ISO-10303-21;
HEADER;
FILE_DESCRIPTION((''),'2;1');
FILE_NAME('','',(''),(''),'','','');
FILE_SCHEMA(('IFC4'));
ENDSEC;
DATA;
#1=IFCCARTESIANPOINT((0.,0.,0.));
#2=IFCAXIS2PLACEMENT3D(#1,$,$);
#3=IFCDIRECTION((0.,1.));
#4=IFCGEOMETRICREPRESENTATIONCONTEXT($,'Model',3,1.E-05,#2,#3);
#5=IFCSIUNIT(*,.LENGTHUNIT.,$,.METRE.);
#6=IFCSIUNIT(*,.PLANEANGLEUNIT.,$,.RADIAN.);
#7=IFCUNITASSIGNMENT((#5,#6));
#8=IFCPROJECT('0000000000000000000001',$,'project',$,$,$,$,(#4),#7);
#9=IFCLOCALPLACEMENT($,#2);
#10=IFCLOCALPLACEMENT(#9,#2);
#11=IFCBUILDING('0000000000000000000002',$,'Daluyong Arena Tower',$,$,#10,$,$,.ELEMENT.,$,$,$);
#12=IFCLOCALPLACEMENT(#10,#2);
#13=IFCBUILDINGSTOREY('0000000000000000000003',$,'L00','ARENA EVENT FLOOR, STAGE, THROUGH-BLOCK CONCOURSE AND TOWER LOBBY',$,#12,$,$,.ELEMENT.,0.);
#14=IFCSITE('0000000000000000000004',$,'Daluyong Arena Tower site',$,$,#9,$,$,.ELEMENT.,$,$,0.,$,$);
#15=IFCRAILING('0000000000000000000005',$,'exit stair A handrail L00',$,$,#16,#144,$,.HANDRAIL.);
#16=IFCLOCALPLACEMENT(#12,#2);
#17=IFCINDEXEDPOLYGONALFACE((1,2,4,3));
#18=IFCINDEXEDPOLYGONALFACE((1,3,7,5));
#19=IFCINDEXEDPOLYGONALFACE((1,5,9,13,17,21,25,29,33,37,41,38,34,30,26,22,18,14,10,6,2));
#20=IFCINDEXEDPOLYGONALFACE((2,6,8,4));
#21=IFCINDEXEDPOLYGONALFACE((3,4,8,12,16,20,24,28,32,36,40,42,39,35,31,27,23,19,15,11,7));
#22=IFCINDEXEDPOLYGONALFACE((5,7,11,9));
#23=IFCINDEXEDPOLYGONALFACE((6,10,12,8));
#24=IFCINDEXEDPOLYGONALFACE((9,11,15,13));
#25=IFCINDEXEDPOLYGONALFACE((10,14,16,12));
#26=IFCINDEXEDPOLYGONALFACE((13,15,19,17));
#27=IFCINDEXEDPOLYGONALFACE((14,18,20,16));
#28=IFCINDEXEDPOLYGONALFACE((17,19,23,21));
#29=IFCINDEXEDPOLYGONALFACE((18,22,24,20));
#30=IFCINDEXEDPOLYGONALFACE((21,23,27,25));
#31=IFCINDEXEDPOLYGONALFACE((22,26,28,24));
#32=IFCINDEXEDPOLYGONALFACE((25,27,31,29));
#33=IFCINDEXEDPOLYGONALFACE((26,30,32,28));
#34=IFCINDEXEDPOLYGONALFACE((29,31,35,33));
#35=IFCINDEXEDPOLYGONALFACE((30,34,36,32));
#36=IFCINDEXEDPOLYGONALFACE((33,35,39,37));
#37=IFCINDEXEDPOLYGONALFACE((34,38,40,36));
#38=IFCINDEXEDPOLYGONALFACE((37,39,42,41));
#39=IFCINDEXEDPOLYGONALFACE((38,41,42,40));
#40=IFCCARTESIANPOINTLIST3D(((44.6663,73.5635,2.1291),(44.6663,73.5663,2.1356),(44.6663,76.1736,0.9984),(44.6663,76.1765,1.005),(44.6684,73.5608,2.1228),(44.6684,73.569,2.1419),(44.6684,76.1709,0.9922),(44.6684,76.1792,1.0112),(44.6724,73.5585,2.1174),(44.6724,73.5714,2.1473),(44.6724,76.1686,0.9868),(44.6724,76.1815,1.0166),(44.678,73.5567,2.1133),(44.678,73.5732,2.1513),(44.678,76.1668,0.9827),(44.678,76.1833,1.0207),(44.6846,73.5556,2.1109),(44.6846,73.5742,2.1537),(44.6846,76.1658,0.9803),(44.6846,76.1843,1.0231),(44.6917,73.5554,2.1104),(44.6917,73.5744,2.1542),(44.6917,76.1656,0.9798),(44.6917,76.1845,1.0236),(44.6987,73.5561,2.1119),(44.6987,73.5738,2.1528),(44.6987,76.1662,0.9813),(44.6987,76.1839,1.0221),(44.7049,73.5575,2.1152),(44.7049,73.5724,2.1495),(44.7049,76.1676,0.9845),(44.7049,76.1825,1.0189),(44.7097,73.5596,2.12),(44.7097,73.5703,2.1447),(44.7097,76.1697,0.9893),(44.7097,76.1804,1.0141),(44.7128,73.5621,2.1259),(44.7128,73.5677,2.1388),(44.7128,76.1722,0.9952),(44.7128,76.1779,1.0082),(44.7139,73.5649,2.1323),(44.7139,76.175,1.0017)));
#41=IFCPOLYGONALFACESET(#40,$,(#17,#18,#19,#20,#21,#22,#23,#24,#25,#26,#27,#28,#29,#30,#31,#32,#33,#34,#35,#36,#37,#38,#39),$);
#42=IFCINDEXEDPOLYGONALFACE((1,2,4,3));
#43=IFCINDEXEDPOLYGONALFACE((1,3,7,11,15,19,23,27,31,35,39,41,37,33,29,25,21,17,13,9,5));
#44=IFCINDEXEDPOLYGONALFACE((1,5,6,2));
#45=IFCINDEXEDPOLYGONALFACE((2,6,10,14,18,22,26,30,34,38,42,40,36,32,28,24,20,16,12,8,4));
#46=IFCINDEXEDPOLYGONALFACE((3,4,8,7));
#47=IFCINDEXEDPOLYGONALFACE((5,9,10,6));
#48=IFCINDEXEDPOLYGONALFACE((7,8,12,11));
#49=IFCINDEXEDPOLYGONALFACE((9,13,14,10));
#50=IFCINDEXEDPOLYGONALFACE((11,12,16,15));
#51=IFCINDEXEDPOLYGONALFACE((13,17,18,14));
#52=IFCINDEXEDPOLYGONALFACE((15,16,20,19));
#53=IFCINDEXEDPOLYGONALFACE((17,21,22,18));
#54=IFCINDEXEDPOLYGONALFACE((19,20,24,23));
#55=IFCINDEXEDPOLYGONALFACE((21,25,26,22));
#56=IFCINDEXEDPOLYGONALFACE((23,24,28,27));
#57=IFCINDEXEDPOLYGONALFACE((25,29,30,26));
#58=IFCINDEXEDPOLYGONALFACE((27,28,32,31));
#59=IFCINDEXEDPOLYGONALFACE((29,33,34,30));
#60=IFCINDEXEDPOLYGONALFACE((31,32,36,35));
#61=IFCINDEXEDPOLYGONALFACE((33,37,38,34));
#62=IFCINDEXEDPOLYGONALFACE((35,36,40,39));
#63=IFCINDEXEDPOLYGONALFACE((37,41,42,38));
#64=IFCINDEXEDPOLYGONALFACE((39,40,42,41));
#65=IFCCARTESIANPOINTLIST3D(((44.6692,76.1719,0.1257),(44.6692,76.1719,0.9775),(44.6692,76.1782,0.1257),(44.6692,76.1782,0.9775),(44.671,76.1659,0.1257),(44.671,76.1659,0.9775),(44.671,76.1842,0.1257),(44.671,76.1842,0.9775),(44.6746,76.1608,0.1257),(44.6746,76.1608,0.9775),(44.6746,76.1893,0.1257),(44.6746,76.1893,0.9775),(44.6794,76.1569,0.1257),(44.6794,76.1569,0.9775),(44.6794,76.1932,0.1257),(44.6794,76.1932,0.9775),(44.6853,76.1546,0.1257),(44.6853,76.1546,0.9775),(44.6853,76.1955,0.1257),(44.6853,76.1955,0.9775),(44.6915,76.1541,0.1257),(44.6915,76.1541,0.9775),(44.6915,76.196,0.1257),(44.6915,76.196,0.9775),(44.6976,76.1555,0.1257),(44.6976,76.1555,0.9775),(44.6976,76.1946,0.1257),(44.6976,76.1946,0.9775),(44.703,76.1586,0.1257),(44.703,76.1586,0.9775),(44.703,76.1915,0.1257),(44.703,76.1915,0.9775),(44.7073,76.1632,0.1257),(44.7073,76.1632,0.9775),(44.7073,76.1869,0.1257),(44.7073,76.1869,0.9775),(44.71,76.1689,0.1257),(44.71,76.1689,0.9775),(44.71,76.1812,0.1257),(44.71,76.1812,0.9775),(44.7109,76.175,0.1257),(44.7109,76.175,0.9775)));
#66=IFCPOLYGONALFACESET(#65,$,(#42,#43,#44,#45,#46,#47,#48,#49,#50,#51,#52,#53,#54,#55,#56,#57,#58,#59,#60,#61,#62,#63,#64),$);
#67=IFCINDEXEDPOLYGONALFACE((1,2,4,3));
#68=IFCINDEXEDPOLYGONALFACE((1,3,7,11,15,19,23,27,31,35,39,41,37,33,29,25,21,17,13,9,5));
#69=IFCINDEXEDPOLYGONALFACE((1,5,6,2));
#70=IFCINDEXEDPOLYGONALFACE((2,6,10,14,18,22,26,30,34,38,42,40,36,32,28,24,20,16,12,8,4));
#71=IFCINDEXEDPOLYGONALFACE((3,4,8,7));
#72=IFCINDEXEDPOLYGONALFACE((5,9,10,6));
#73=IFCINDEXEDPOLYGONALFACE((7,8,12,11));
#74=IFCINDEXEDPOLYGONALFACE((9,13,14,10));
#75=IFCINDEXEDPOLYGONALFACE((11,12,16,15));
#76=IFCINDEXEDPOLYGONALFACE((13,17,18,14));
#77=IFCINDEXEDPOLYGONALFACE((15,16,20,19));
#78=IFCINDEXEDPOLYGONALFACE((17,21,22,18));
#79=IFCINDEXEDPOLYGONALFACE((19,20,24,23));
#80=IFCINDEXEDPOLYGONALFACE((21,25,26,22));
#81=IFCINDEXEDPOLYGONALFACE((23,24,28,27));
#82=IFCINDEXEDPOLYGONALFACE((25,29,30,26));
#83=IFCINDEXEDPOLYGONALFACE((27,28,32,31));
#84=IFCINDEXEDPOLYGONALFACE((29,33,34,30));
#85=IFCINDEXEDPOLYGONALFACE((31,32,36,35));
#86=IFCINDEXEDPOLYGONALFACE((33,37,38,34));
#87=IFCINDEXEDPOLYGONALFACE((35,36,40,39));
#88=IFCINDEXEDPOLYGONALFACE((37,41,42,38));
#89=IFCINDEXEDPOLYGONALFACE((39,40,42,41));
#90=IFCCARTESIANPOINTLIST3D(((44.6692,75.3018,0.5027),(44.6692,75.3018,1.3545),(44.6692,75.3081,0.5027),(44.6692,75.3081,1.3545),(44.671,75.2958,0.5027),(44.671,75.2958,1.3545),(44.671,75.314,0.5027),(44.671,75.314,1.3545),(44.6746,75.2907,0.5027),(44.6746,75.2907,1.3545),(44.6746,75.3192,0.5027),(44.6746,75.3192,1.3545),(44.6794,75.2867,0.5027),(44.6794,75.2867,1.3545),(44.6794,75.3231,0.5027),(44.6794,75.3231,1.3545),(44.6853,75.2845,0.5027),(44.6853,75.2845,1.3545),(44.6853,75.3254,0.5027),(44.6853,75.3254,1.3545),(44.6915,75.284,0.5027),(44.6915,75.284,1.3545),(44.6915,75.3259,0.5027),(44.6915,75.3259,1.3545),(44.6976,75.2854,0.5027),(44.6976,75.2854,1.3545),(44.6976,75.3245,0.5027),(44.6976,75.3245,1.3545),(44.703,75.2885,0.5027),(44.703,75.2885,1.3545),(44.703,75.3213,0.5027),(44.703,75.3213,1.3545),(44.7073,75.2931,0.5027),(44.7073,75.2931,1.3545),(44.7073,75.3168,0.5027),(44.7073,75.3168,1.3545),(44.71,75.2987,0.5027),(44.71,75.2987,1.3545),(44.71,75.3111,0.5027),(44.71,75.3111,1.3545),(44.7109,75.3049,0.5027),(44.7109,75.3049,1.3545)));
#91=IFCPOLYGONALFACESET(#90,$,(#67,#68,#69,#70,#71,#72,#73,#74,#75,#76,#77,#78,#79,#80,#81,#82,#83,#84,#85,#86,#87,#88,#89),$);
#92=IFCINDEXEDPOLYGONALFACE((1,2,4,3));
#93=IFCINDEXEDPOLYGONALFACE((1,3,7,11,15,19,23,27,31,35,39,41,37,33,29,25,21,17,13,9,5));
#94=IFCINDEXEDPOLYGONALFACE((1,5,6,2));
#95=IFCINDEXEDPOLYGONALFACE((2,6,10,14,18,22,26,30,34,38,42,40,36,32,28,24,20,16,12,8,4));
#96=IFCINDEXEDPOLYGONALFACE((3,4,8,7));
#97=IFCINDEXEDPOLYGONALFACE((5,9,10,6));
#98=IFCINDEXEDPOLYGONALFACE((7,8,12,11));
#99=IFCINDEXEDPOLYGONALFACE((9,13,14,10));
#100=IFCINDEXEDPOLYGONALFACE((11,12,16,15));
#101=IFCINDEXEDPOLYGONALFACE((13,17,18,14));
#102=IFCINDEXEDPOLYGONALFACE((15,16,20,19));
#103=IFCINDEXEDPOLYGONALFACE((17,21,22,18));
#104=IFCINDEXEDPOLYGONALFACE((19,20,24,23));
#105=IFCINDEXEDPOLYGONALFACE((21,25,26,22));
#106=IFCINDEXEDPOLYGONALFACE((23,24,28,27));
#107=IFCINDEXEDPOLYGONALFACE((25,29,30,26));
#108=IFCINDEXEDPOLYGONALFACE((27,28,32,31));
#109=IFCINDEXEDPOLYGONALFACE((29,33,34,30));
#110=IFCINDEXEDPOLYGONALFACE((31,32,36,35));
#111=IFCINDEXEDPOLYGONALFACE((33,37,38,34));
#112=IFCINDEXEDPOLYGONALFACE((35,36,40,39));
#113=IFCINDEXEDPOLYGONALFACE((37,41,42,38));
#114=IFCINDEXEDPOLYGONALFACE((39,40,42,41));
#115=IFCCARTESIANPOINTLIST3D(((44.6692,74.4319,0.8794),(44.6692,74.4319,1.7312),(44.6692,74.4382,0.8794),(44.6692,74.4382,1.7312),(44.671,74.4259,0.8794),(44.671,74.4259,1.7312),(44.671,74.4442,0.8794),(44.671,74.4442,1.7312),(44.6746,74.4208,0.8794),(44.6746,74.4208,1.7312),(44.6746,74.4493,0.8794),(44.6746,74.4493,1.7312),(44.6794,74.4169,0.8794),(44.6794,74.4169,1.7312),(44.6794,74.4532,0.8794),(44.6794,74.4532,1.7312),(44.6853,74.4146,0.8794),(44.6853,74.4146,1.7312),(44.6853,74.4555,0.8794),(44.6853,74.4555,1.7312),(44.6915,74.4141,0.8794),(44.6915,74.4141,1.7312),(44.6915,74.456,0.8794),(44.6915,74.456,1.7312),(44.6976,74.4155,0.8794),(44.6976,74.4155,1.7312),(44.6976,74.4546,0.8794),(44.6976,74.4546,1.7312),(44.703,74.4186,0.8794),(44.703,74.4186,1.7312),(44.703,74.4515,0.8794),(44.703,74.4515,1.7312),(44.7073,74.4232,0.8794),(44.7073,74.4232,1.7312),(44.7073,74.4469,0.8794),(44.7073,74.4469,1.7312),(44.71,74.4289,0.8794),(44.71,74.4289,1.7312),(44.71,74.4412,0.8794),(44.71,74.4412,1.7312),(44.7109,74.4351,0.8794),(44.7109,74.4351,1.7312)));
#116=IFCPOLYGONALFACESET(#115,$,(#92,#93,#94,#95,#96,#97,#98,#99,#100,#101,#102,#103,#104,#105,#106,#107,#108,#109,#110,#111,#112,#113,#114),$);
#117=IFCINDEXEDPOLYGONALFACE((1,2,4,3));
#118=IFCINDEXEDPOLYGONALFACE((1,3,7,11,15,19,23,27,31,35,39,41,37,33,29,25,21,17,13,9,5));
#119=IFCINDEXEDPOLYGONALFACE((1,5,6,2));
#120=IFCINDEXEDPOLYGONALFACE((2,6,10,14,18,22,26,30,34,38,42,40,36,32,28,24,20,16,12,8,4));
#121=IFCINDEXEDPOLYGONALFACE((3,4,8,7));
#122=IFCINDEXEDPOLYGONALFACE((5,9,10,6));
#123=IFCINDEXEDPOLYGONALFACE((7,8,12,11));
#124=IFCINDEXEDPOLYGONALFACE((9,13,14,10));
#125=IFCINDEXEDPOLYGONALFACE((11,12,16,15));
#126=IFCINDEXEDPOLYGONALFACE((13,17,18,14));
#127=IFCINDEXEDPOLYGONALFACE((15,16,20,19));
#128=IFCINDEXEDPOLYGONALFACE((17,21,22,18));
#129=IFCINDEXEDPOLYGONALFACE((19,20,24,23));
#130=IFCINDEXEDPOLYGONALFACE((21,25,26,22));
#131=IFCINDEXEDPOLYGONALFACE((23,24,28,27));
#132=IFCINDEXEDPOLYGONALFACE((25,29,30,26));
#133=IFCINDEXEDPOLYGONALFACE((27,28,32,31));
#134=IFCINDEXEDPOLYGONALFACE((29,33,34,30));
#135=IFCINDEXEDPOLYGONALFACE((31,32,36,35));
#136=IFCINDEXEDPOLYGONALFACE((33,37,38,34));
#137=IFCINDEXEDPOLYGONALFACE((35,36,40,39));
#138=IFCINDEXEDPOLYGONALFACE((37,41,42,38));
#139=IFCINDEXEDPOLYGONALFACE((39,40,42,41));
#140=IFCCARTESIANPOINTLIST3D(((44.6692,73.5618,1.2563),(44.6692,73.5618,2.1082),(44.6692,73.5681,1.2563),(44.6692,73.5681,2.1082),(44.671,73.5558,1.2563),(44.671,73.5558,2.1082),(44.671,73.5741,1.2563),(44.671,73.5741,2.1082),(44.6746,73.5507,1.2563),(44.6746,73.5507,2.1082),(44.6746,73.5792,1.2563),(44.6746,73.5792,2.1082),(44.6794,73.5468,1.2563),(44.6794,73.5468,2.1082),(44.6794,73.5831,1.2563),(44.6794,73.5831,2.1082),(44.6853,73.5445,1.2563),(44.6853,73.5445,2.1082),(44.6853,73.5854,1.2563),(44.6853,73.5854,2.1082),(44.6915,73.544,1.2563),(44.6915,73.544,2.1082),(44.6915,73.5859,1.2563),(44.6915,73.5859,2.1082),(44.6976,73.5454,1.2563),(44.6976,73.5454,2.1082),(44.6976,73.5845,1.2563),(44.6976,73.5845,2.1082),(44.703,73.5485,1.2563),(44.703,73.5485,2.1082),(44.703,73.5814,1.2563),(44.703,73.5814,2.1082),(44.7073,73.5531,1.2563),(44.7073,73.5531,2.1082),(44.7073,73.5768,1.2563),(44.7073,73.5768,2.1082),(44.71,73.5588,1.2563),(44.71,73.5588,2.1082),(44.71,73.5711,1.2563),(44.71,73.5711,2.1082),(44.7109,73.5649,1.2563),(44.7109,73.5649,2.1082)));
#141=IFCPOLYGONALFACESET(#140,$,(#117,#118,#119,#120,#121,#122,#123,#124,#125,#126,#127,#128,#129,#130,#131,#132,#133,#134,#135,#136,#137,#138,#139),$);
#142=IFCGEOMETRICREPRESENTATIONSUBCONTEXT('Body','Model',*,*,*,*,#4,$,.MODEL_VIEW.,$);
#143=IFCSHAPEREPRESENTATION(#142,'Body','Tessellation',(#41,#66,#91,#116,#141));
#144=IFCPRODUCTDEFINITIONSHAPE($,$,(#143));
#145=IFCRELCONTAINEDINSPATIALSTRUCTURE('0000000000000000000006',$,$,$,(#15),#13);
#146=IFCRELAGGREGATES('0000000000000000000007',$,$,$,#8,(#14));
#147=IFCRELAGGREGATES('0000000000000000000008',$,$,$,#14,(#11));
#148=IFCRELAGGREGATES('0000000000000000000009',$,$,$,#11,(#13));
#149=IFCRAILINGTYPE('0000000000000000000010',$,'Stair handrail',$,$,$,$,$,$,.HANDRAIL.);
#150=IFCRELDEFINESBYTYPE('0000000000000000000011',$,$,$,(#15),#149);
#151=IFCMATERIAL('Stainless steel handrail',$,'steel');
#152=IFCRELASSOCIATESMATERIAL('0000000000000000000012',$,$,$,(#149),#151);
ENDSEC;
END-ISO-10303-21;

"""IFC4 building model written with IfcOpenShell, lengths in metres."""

from ifc_helpers import new_model, si_unit, direction, frame, origin, origin_2d, place, context, subcontext, project, spatial, circle, extrude, material, type_object, element, save


model = new_model("IFC4")

# Units and contexts
model_context = context("Model", 3, precision=1e-05, world=origin(), true_north=direction((0.0, 1.0)))
body_context = subcontext(model_context, "Body", "Model", "MODEL_VIEW")
ifc_project = project(units=[si_unit("LENGTHUNIT", "METRE"), si_unit("PLANEANGLEUNIT", "RADIAN")], contexts=[model_context])

# Site, building, storey
site_placement = place(None, origin())
site = spatial("IfcSite", under=ifc_project, at=site_placement, Name="Daluyong Arena Tower site", CompositionType="ELEMENT", RefElevation=0.0)
building_placement = place(site_placement, origin())
building = spatial("IfcBuilding", under=site, at=building_placement, Name="Daluyong Arena Tower", CompositionType="ELEMENT")
storey_placement = place(building_placement, origin())
storey = spatial("IfcBuildingStorey", under=building, at=storey_placement, Name="L00", Description="ARENA EVENT FLOOR, STAGE, THROUGH-BLOCK CONCOURSE AND TOWER LOBBY", CompositionType="ELEMENT", Elevation=0.0)

# Railing
ifc_material_1 = material(Name="Stainless steel handrail", Category="steel")
railing_type_1 = type_object("IfcRailingType", Name="Stair handrail", PredefinedType="HANDRAIL", material=ifc_material_1)
for number, where, name in (
    (1, (44.6899, 76.175, 0.1257), "exit stair A handrail L00"),
):
    element("IfcRailing", number, at=place(storey_placement, frame(where)), inside=storey, type_object=railing_type_1, Name=name, PredefinedType="HANDRAIL", context=body_context, shape_type="SweptSolid", body=[
        extrude(circle(Radius=0.0239, at=origin_2d()), frame((0.0, 0.0, 0.876), z_axis=(0.0, -0.917611, 0.39748), x_axis=(1.0, 0.0, 0.0)), (0.0, 0.0, 1.0), 2.8445),
        extrude(circle(Radius=0.021, at=origin_2d()), origin(), (0.0, 0.0, 1.0), 0.8518),
        extrude(circle(Radius=0.021, at=origin_2d()), frame((0.0, -0.8701, 0.377)), (0.0, 0.0, 1.0), 0.8518),
        extrude(circle(Radius=0.021, at=origin_2d()), frame((0.0, -1.74, 0.7537)), (0.0, 0.0, 1.0), 0.8518),
        extrude(circle(Radius=0.021, at=origin_2d()), frame((0.0, -2.6101, 1.1306)), (0.0, 0.0, 1.0), 0.8518),
    ])

save(model, "model.ifc")
